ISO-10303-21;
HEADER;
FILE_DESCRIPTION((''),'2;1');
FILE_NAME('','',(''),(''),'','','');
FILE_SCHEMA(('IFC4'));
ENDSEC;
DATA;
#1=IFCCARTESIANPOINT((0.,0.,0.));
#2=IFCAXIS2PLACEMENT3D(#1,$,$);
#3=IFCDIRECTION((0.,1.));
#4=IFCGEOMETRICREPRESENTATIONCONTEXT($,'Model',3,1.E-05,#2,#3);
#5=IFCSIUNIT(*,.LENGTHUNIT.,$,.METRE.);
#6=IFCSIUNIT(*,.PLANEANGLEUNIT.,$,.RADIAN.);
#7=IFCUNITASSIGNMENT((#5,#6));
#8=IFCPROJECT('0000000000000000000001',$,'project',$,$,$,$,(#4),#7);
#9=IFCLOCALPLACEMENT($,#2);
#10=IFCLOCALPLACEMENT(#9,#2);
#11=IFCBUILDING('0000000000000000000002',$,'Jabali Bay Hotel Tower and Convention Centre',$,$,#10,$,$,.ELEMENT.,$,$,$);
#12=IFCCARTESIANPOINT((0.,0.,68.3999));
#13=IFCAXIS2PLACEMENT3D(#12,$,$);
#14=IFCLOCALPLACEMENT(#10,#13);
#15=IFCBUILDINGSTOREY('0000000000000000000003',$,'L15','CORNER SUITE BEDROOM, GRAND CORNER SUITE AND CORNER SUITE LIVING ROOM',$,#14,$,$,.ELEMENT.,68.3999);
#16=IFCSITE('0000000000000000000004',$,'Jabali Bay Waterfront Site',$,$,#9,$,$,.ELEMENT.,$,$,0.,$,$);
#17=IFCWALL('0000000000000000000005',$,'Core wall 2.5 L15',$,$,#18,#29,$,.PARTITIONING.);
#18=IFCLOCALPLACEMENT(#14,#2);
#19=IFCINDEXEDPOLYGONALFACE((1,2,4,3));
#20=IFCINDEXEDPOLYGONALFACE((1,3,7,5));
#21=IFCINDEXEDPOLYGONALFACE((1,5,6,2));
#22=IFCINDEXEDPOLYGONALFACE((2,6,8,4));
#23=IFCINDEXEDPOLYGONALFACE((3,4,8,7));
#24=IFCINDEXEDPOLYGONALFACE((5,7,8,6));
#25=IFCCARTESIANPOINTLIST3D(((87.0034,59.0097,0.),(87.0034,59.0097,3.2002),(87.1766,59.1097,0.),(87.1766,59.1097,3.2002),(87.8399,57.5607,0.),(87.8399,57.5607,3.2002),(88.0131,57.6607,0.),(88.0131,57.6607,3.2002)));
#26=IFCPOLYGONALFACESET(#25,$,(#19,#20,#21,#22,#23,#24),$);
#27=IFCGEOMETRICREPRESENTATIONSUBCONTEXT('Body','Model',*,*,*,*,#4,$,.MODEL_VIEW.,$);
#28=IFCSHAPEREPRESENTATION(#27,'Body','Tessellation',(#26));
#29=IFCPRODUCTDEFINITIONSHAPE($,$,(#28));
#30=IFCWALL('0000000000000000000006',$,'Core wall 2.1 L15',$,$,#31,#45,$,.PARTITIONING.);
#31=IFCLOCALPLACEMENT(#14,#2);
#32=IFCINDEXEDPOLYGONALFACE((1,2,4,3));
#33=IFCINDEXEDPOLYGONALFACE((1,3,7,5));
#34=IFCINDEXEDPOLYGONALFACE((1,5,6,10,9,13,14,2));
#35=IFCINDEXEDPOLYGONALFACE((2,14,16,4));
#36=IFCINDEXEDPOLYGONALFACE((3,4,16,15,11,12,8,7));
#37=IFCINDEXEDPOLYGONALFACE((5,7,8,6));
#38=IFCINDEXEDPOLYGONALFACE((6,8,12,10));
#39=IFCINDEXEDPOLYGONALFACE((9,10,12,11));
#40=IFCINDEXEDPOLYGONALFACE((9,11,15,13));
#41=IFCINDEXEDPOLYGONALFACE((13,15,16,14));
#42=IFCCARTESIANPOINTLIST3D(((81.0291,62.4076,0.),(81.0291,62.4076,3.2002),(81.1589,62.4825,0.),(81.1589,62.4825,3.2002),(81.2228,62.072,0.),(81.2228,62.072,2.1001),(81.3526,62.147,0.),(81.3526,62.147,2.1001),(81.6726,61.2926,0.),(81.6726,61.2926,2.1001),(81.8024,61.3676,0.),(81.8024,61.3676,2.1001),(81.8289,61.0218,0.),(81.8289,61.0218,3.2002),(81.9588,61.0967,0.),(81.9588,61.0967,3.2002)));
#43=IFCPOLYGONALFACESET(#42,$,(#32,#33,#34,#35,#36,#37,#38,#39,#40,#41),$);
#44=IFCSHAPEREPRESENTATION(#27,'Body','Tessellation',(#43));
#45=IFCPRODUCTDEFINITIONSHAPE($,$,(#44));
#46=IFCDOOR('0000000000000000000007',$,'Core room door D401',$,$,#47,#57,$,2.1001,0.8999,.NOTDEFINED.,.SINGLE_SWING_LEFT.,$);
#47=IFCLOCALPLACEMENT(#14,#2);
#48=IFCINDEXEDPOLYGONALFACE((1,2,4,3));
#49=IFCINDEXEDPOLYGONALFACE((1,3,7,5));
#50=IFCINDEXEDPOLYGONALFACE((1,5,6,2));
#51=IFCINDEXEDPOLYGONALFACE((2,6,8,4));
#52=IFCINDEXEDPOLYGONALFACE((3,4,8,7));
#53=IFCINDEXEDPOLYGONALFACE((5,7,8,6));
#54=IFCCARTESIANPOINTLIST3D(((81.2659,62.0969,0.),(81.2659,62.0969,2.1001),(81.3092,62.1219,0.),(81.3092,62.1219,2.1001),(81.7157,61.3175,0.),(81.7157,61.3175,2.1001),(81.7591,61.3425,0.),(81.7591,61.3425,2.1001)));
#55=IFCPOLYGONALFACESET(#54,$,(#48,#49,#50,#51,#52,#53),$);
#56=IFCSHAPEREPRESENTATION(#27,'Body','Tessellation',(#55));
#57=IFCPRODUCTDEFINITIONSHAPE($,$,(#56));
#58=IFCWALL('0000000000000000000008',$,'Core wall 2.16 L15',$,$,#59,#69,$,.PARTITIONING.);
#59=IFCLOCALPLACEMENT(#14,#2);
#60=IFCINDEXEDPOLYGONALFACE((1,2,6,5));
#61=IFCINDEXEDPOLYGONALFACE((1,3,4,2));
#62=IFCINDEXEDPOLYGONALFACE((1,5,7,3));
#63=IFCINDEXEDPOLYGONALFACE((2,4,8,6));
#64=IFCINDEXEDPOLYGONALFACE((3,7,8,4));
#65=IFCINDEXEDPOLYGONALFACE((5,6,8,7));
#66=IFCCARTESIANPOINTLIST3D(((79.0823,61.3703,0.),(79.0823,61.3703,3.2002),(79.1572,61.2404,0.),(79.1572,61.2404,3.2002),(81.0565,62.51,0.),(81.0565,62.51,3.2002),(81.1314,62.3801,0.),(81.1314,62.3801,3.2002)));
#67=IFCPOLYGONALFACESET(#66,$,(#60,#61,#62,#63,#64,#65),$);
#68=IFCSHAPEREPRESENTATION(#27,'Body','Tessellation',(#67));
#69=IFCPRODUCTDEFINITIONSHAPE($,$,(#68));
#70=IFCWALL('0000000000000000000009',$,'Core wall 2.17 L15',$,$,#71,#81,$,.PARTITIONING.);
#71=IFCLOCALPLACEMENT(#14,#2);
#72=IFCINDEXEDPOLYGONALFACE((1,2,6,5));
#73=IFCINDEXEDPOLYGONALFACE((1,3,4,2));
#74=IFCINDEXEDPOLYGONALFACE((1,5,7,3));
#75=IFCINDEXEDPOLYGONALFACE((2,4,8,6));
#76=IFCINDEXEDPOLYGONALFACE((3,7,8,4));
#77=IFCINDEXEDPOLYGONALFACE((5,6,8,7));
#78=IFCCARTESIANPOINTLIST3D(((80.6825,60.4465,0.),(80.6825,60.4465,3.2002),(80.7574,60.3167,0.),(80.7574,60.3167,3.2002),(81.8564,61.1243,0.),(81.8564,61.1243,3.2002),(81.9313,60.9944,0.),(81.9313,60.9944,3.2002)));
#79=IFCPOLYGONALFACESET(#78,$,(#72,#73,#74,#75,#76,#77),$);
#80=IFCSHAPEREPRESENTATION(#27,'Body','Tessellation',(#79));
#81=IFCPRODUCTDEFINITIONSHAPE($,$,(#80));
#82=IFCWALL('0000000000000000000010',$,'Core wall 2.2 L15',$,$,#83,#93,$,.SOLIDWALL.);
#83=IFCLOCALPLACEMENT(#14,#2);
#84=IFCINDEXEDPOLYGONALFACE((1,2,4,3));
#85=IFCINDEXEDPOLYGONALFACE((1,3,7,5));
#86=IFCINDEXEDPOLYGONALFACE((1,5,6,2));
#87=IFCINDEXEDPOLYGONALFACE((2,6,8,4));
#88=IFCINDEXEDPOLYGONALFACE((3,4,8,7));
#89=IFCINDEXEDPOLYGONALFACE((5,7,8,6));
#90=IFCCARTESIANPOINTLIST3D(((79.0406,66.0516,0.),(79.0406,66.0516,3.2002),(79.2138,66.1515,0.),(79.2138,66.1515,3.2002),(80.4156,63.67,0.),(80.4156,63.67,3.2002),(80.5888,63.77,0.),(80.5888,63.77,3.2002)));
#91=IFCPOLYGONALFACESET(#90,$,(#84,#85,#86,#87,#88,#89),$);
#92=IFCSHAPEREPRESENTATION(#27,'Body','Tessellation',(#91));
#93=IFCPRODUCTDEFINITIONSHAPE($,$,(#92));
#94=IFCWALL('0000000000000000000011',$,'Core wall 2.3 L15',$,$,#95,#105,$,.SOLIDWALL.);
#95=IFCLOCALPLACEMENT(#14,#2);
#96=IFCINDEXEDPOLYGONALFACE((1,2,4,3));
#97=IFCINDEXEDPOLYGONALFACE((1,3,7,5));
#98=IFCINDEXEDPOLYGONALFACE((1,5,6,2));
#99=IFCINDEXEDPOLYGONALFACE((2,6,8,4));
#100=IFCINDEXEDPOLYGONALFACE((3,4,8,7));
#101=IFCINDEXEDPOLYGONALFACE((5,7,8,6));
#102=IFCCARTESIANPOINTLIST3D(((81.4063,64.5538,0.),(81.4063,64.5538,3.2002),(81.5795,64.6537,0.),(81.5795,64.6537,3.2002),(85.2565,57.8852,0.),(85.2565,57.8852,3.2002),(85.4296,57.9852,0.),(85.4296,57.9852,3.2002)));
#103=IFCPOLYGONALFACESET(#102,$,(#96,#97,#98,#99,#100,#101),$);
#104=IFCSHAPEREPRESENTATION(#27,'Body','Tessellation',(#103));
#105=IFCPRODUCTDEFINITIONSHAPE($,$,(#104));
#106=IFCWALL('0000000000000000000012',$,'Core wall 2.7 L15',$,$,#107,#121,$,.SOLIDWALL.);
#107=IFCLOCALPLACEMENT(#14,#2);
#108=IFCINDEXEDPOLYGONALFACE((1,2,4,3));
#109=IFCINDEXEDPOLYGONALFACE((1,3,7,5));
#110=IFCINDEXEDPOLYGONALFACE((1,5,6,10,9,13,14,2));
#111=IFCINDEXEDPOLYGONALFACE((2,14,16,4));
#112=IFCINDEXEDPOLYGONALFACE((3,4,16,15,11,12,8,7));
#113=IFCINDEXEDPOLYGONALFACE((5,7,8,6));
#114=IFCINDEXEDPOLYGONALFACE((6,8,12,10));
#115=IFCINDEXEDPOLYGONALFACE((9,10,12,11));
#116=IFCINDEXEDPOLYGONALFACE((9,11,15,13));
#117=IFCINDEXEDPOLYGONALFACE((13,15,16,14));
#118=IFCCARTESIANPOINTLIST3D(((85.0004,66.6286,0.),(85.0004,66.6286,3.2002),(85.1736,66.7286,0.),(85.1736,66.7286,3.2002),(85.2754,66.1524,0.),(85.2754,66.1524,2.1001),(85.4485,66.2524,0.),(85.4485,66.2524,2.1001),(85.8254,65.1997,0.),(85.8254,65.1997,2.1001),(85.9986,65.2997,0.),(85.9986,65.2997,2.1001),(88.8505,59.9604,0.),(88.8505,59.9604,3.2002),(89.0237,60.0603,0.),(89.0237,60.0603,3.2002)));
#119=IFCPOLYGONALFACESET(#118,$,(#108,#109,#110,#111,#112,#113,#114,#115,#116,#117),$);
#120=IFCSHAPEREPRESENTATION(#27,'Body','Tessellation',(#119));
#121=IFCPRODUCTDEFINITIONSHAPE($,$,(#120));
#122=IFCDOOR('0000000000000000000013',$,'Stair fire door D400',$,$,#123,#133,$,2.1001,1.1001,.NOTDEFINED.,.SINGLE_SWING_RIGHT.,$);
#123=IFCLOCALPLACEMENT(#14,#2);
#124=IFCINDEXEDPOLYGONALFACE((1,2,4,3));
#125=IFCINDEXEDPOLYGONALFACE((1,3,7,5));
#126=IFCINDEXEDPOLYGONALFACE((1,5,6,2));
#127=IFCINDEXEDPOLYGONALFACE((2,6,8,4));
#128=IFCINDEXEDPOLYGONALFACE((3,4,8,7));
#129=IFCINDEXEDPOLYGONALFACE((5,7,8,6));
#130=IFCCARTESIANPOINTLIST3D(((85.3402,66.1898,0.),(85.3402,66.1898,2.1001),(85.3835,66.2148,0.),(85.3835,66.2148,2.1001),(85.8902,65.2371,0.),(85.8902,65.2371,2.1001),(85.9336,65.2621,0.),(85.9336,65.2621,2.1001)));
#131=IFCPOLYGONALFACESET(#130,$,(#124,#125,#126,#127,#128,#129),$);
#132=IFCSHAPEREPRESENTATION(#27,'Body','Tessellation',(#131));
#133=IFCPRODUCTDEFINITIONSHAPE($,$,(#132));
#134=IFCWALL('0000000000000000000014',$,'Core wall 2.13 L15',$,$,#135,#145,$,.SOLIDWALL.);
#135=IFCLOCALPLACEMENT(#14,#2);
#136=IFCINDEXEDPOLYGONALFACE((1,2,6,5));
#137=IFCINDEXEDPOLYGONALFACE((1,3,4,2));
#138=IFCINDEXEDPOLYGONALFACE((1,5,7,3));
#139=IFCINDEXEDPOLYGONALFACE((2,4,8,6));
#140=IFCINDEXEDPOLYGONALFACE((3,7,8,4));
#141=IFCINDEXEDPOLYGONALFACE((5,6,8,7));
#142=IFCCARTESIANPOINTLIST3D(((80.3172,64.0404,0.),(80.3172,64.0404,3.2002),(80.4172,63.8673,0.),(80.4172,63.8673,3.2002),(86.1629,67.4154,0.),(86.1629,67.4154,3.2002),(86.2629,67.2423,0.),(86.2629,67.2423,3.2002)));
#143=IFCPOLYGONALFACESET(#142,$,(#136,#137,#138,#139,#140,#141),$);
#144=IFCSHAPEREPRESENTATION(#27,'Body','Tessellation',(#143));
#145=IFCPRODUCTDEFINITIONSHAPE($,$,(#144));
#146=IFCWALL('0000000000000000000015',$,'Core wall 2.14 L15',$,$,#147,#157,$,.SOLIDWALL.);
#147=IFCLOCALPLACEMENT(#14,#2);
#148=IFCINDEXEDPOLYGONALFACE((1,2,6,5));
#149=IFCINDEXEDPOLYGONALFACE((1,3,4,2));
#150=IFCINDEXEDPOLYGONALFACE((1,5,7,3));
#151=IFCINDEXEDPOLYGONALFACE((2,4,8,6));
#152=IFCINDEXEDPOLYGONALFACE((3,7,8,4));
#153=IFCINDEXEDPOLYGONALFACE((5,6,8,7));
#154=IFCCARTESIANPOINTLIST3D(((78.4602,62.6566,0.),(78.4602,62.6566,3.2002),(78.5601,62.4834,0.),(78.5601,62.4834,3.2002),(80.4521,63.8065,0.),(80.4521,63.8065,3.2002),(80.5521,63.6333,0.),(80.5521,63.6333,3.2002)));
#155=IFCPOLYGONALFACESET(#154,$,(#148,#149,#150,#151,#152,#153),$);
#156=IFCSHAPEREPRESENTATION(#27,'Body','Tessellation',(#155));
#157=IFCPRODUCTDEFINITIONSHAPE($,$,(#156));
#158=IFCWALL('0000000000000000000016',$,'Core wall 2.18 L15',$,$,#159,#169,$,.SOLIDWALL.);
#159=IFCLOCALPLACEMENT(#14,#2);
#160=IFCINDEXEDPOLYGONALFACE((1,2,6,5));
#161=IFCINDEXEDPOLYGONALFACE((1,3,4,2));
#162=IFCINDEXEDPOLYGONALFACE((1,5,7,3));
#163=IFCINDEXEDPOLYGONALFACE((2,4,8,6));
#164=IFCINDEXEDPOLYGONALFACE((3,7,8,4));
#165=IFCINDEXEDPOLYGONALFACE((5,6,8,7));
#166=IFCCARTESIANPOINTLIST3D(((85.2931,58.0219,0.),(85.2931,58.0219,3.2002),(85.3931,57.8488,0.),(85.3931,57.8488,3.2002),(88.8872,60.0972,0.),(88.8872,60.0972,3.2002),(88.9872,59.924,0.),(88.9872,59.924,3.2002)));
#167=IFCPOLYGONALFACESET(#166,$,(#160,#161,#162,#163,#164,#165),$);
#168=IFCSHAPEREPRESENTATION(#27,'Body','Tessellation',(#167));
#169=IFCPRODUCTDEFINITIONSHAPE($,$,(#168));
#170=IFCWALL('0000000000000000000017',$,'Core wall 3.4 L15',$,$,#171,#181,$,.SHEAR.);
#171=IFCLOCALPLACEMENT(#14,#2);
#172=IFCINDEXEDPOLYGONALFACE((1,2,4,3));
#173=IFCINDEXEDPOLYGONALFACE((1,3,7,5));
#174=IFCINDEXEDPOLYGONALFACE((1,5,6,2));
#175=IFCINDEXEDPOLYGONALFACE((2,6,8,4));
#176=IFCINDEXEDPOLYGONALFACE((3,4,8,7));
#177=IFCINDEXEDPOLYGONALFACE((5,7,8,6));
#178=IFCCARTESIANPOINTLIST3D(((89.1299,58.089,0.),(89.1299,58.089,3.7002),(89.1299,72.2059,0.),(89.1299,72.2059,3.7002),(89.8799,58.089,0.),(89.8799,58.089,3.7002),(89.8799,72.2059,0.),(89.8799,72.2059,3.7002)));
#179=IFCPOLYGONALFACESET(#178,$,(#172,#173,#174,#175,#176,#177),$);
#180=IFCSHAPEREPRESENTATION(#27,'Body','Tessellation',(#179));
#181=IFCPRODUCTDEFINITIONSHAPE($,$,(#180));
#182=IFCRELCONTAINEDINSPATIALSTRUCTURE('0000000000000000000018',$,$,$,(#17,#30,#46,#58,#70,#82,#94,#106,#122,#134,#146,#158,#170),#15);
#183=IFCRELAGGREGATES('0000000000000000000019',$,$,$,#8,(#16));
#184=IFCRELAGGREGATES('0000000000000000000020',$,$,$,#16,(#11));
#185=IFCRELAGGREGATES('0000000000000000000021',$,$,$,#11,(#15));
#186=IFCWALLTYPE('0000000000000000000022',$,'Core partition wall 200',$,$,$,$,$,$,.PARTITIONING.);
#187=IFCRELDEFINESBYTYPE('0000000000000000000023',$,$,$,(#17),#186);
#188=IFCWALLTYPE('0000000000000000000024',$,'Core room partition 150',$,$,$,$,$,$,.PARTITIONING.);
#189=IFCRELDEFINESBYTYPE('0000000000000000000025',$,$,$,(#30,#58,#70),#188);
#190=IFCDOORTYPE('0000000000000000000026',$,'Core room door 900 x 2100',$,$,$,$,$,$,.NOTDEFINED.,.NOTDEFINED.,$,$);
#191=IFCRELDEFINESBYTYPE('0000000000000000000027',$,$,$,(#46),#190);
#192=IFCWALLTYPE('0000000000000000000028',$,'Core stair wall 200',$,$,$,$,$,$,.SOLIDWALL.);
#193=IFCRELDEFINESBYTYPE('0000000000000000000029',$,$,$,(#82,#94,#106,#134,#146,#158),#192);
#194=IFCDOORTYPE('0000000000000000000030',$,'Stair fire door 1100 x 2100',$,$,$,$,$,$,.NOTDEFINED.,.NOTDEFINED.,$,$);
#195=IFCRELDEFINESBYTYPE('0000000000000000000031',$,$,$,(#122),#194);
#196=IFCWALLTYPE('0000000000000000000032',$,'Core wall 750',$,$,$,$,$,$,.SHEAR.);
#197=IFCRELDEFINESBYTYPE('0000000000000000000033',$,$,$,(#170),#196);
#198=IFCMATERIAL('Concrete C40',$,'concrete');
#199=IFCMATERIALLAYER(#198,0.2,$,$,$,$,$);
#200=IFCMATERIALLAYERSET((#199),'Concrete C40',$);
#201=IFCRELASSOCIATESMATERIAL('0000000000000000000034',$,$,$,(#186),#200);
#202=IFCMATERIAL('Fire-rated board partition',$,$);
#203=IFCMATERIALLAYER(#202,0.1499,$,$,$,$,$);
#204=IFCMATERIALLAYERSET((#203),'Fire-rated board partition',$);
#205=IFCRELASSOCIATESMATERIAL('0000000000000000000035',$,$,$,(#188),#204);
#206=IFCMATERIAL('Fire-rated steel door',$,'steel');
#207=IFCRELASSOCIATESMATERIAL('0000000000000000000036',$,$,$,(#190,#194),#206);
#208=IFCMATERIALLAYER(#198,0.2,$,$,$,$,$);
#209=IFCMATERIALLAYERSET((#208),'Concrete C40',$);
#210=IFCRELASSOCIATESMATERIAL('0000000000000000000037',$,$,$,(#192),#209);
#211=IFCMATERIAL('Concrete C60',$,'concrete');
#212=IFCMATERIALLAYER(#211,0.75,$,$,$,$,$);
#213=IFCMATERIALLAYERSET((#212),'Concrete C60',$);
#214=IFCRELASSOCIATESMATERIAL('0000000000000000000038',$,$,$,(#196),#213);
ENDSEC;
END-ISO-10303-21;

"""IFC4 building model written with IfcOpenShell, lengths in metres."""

from ifc_helpers import new_model, si_unit, direction, frame, frame_2d, origin, place, context, subcontext, project, spatial, rectangle, extrude, material, layer, layer_set, type_object, element, fill, save


model = new_model("IFC4")

# Units and contexts
model_context = context("Model", 3, precision=1e-05, world=origin(), true_north=direction((0.0, 1.0)))
body_context = subcontext(model_context, "Body", "Model", "MODEL_VIEW")
ifc_project = project(units=[si_unit("LENGTHUNIT", "METRE"), si_unit("PLANEANGLEUNIT", "RADIAN")], contexts=[model_context])

# Site, building, storey
site_placement = place(None, origin())
site = spatial("IfcSite", under=ifc_project, at=site_placement, Name="Jabali Bay Waterfront Site", CompositionType="ELEMENT", RefElevation=0.0)
building_placement = place(site_placement, origin())
building = spatial("IfcBuilding", under=site, at=building_placement, Name="Jabali Bay Hotel Tower and Convention Centre", CompositionType="ELEMENT")
storey_placement = place(building_placement, frame((0.0, 0.0, 68.3999)))
storey = spatial("IfcBuildingStorey", under=building, at=storey_placement, Name="L15", Description="CORNER SUITE BEDROOM, GRAND CORNER SUITE AND CORNER SUITE LIVING ROOM", CompositionType="ELEMENT", Elevation=68.3999)

# Wall
ifc_material_1 = material(Name="Concrete C40", Category="concrete")
ifc_layer_1 = layer(ifc_material_1, 0.2)
ifc_layer_set_1 = layer_set([ifc_layer_1], Name="Concrete C40")
wall_type_1 = type_object("IfcWallType", Name="Core partition wall 200", PredefinedType="PARTITIONING", material=ifc_layer_set_1)
wall_1_placement = place(storey_placement, frame((87.0901, 59.0596, 0.0), z_axis=(0.0, 0.0, 1.0), x_axis=(0.499937, -0.866062, 0.0)))
element("IfcWall", 1, at=wall_1_placement, inside=storey, type_object=wall_type_1, Name="Core wall 2.5 L15", PredefinedType="PARTITIONING", context=body_context, shape_type="SweptSolid", body=[
    extrude(rectangle(XDim=1.6731, YDim=0.2, at=frame_2d((0.8364, 0.0))), origin(), (0.0, 0.0, 1.0), 3.2002),
])

# Wall, opening, door
ifc_material_2 = material(Name="Fire-rated board partition")
ifc_layer_2 = layer(ifc_material_2, 0.1499)
ifc_layer_set_2 = layer_set([ifc_layer_2], Name="Fire-rated board partition")
wall_type_2 = type_object("IfcWallType", Name="Core room partition 150", PredefinedType="PARTITIONING", material=ifc_layer_set_2)
wall_2_placement = place(storey_placement, frame((81.094, 62.4451, 0.0), z_axis=(0.0, 0.0, 1.0), x_axis=(0.499881, -0.866094, 0.0)))
wall_2 = element("IfcWall", 2, at=wall_2_placement, inside=storey, type_object=wall_type_2, Name="Core wall 2.1 L15", PredefinedType="PARTITIONING", context=body_context, shape_type="SweptSolid", body=[
    extrude(rectangle(XDim=1.6001, YDim=0.1499, at=frame_2d((0.8, 0.0))), origin(), (0.0, 0.0, 1.0), 3.2002),
])
opening_1_placement = place(wall_2_placement, frame((0.3875, 0.0, 0.0)))
opening_1 = element("IfcOpeningElement", 3, at=opening_1_placement, cuts=wall_2, PredefinedType="OPENING", context=body_context, shape_type="SweptSolid", body=[
    extrude(rectangle(XDim=0.8999, YDim=2.1001, at=frame_2d((0.45, 1.05))), frame((0.0, 0.0854, 0.0), z_axis=(0.0, -1.0, 0.0), x_axis=(1.0, 0.0, 0.0)), (0.0, 0.0, 1.0), 0.1709),
])
ifc_material_3 = material(Name="Fire-rated steel door", Category="steel")
door_type_1 = type_object("IfcDoorType", Name="Core room door 900 x 2100", OperationType="NOTDEFINED", PredefinedType="NOTDEFINED", material=ifc_material_3)
door_1_placement = place(opening_1_placement, origin())
door_1 = element("IfcDoor", 4, at=door_1_placement, inside=storey, type_object=door_type_1, Name="Core room door D401", OperationType="SINGLE_SWING_LEFT", OverallHeight=2.1001, OverallWidth=0.8999, PredefinedType="NOTDEFINED", context=body_context, shape_type="SweptSolid", body=[
    extrude(rectangle(XDim=0.8999, YDim=2.1001, at=frame_2d((0.45, 1.05))), frame((0.0, 0.0249, 0.0), z_axis=(0.0, -1.0, 0.0), x_axis=(1.0, 0.0, 0.0)), (0.0, 0.0, 1.0), 0.05),
])
fill(opening_1, door_1)

# Walls
wall_3_placement = place(storey_placement, frame((79.1199, 61.3054, 0.0), z_axis=(0.0, 0.0, 1.0), x_axis=(0.866046, 0.499964, 0.0)))
element("IfcWall", 5, at=wall_3_placement, inside=storey, type_object=wall_type_2, Name="Core wall 2.16 L15", PredefinedType="PARTITIONING", context=body_context, shape_type="SweptSolid", body=[
    extrude(rectangle(XDim=2.2795, YDim=0.1499, at=frame_2d((1.1396, 0.0))), origin(), (0.0, 0.0, 1.0), 3.2002),
])
wall_4_placement = place(storey_placement, frame((80.72, 60.3816, 0.0), z_axis=(0.0, 0.0, 1.0), x_axis=(0.866018, 0.500013, 0.0)))
element("IfcWall", 6, at=wall_4_placement, inside=storey, type_object=wall_type_2, Name="Core wall 2.17 L15", PredefinedType="PARTITIONING", context=body_context, shape_type="SweptSolid", body=[
    extrude(rectangle(XDim=1.3555, YDim=0.1499, at=frame_2d((0.6777, 0.0))), origin(), (0.0, 0.0, 1.0), 3.2002),
])
ifc_layer_3 = layer(ifc_material_1, 0.2)
ifc_layer_set_3 = layer_set([ifc_layer_3], Name="Concrete C40")
wall_type_3 = type_object("IfcWallType", Name="Core stair wall 200", PredefinedType="SOLIDWALL", material=ifc_layer_set_3)
wall_5_placement = place(storey_placement, frame((79.1272, 66.1016, 0.0), z_axis=(0.0, 0.0, 1.0), x_axis=(0.499997, -0.866027, 0.0)))
element("IfcWall", 7, at=wall_5_placement, inside=storey, type_object=wall_type_3, Name="Core wall 2.2 L15", PredefinedType="SOLIDWALL", context=body_context, shape_type="SweptSolid", body=[
    extrude(rectangle(XDim=2.75, YDim=0.2, at=frame_2d((1.375, 0.0))), origin(), (0.0, 0.0, 1.0), 3.2002),
])
wall_6_placement = place(storey_placement, frame((81.4929, 64.6038, 0.0), z_axis=(0.0, 0.0, 1.0), x_axis=(0.500006, -0.866022, 0.0)))
element("IfcWall", 8, at=wall_6_placement, inside=storey, type_object=wall_type_3, Name="Core wall 2.3 L15", PredefinedType="SOLIDWALL", context=body_context, shape_type="SweptSolid", body=[
    extrude(rectangle(XDim=7.7002, YDim=0.2, at=frame_2d((3.8501, 0.0))), origin(), (0.0, 0.0, 1.0), 3.2002),
])

# Wall, opening, door
wall_7_placement = place(storey_placement, frame((85.0869, 66.6787, 0.0), z_axis=(0.0, 0.0, 1.0), x_axis=(0.50002, -0.866014, 0.0)))
wall_7 = element("IfcWall", 9, at=wall_7_placement, inside=storey, type_object=wall_type_3, Name="Core wall 2.7 L15", PredefinedType="SOLIDWALL", context=body_context, shape_type="SweptSolid", body=[
    extrude(rectangle(XDim=7.7, YDim=0.2, at=frame_2d((3.8501, 0.0))), origin(), (0.0, 0.0, 1.0), 3.2002),
])
opening_2_placement = place(wall_7_placement, frame((0.55, 0.0, 0.0)))
opening_2 = element("IfcOpeningElement", 10, at=opening_2_placement, cuts=wall_7, PredefinedType="OPENING", context=body_context, shape_type="SweptSolid", body=[
    extrude(rectangle(XDim=1.1001, YDim=2.1001, at=frame_2d((0.55, 1.05))), frame((0.0, 0.1104, 0.0), z_axis=(0.0, -1.0, 0.0), x_axis=(1.0, 0.0, 0.0)), (0.0, 0.0, 1.0), 0.2209),
])
door_type_2 = type_object("IfcDoorType", Name="Stair fire door 1100 x 2100", OperationType="NOTDEFINED", PredefinedType="NOTDEFINED", material=ifc_material_3)
door_2_placement = place(opening_2_placement, origin())
door_2 = element("IfcDoor", 11, at=door_2_placement, inside=storey, type_object=door_type_2, Name="Stair fire door D400", OperationType="SINGLE_SWING_RIGHT", OverallHeight=2.1001, OverallWidth=1.1001, PredefinedType="NOTDEFINED", context=body_context, shape_type="SweptSolid", body=[
    extrude(rectangle(XDim=1.1001, YDim=2.1001, at=frame_2d((0.55, 1.05))), frame((0.0, 0.0249, 0.0), z_axis=(0.0, -1.0, 0.0), x_axis=(1.0, 0.0, 0.0)), (0.0, 0.0, 1.0), 0.05),
])
fill(opening_2, door_2)

# Walls
wall_8_placement = place(storey_placement, frame((80.3672, 63.9539, 0.0), z_axis=(0.0, 0.0, 1.0), x_axis=(0.866027, 0.499998, 0.0)))
element("IfcWall", 12, at=wall_8_placement, inside=storey, type_object=wall_type_3, Name="Core wall 2.13 L15", PredefinedType="SOLIDWALL", context=body_context, shape_type="SweptSolid", body=[
    extrude(rectangle(XDim=6.75, YDim=0.2, at=frame_2d((3.375, 0.0))), origin(), (0.0, 0.0, 1.0), 3.2002),
])
wall_9_placement = place(storey_placement, frame((78.5103, 62.5701, 0.0), z_axis=(0.0, 0.0, 1.0), x_axis=(0.866053, 0.499952, 0.0)))
element("IfcWall", 13, at=wall_9_placement, inside=storey, type_object=wall_type_3, Name="Core wall 2.14 L15", PredefinedType="SOLIDWALL", context=body_context, shape_type="SweptSolid", body=[
    extrude(rectangle(XDim=2.3, YDim=0.2, at=frame_2d((1.1499, 0.0))), origin(), (0.0, 0.0, 1.0), 3.2002),
])
wall_10_placement = place(storey_placement, frame((85.343, 57.9353, 0.0), z_axis=(0.0, 0.0, 1.0), x_axis=(0.866004, 0.500036, 0.0)))
element("IfcWall", 14, at=wall_10_placement, inside=storey, type_object=wall_type_3, Name="Core wall 2.18 L15", PredefinedType="SOLIDWALL", context=body_context, shape_type="SweptSolid", body=[
    extrude(rectangle(XDim=4.1501, YDim=0.2, at=frame_2d((2.0752, 0.0))), origin(), (0.0, 0.0, 1.0), 3.2002),
])
ifc_material_4 = material(Name="Concrete C60", Category="concrete")
ifc_layer_4 = layer(ifc_material_4, 0.75)
ifc_layer_set_4 = layer_set([ifc_layer_4], Name="Concrete C60")
wall_type_4 = type_object("IfcWallType", Name="Core wall 750", PredefinedType="SHEAR", material=ifc_layer_set_4)
wall_11_placement = place(storey_placement, frame((89.5049, 58.0889, 0.0), z_axis=(0.0, 0.0, 1.0), x_axis=(0.0, 1.0, 0.0)))
element("IfcWall", 15, at=wall_11_placement, inside=storey, type_object=wall_type_4, Name="Core wall 3.4 L15", PredefinedType="SHEAR", context=body_context, shape_type="SweptSolid", body=[
    extrude(rectangle(XDim=14.1169, YDim=0.75, at=frame_2d((7.0586, 0.0))), origin(), (0.0, 0.0, 1.0), 3.7002),
])

save(model, "model.ifc")
